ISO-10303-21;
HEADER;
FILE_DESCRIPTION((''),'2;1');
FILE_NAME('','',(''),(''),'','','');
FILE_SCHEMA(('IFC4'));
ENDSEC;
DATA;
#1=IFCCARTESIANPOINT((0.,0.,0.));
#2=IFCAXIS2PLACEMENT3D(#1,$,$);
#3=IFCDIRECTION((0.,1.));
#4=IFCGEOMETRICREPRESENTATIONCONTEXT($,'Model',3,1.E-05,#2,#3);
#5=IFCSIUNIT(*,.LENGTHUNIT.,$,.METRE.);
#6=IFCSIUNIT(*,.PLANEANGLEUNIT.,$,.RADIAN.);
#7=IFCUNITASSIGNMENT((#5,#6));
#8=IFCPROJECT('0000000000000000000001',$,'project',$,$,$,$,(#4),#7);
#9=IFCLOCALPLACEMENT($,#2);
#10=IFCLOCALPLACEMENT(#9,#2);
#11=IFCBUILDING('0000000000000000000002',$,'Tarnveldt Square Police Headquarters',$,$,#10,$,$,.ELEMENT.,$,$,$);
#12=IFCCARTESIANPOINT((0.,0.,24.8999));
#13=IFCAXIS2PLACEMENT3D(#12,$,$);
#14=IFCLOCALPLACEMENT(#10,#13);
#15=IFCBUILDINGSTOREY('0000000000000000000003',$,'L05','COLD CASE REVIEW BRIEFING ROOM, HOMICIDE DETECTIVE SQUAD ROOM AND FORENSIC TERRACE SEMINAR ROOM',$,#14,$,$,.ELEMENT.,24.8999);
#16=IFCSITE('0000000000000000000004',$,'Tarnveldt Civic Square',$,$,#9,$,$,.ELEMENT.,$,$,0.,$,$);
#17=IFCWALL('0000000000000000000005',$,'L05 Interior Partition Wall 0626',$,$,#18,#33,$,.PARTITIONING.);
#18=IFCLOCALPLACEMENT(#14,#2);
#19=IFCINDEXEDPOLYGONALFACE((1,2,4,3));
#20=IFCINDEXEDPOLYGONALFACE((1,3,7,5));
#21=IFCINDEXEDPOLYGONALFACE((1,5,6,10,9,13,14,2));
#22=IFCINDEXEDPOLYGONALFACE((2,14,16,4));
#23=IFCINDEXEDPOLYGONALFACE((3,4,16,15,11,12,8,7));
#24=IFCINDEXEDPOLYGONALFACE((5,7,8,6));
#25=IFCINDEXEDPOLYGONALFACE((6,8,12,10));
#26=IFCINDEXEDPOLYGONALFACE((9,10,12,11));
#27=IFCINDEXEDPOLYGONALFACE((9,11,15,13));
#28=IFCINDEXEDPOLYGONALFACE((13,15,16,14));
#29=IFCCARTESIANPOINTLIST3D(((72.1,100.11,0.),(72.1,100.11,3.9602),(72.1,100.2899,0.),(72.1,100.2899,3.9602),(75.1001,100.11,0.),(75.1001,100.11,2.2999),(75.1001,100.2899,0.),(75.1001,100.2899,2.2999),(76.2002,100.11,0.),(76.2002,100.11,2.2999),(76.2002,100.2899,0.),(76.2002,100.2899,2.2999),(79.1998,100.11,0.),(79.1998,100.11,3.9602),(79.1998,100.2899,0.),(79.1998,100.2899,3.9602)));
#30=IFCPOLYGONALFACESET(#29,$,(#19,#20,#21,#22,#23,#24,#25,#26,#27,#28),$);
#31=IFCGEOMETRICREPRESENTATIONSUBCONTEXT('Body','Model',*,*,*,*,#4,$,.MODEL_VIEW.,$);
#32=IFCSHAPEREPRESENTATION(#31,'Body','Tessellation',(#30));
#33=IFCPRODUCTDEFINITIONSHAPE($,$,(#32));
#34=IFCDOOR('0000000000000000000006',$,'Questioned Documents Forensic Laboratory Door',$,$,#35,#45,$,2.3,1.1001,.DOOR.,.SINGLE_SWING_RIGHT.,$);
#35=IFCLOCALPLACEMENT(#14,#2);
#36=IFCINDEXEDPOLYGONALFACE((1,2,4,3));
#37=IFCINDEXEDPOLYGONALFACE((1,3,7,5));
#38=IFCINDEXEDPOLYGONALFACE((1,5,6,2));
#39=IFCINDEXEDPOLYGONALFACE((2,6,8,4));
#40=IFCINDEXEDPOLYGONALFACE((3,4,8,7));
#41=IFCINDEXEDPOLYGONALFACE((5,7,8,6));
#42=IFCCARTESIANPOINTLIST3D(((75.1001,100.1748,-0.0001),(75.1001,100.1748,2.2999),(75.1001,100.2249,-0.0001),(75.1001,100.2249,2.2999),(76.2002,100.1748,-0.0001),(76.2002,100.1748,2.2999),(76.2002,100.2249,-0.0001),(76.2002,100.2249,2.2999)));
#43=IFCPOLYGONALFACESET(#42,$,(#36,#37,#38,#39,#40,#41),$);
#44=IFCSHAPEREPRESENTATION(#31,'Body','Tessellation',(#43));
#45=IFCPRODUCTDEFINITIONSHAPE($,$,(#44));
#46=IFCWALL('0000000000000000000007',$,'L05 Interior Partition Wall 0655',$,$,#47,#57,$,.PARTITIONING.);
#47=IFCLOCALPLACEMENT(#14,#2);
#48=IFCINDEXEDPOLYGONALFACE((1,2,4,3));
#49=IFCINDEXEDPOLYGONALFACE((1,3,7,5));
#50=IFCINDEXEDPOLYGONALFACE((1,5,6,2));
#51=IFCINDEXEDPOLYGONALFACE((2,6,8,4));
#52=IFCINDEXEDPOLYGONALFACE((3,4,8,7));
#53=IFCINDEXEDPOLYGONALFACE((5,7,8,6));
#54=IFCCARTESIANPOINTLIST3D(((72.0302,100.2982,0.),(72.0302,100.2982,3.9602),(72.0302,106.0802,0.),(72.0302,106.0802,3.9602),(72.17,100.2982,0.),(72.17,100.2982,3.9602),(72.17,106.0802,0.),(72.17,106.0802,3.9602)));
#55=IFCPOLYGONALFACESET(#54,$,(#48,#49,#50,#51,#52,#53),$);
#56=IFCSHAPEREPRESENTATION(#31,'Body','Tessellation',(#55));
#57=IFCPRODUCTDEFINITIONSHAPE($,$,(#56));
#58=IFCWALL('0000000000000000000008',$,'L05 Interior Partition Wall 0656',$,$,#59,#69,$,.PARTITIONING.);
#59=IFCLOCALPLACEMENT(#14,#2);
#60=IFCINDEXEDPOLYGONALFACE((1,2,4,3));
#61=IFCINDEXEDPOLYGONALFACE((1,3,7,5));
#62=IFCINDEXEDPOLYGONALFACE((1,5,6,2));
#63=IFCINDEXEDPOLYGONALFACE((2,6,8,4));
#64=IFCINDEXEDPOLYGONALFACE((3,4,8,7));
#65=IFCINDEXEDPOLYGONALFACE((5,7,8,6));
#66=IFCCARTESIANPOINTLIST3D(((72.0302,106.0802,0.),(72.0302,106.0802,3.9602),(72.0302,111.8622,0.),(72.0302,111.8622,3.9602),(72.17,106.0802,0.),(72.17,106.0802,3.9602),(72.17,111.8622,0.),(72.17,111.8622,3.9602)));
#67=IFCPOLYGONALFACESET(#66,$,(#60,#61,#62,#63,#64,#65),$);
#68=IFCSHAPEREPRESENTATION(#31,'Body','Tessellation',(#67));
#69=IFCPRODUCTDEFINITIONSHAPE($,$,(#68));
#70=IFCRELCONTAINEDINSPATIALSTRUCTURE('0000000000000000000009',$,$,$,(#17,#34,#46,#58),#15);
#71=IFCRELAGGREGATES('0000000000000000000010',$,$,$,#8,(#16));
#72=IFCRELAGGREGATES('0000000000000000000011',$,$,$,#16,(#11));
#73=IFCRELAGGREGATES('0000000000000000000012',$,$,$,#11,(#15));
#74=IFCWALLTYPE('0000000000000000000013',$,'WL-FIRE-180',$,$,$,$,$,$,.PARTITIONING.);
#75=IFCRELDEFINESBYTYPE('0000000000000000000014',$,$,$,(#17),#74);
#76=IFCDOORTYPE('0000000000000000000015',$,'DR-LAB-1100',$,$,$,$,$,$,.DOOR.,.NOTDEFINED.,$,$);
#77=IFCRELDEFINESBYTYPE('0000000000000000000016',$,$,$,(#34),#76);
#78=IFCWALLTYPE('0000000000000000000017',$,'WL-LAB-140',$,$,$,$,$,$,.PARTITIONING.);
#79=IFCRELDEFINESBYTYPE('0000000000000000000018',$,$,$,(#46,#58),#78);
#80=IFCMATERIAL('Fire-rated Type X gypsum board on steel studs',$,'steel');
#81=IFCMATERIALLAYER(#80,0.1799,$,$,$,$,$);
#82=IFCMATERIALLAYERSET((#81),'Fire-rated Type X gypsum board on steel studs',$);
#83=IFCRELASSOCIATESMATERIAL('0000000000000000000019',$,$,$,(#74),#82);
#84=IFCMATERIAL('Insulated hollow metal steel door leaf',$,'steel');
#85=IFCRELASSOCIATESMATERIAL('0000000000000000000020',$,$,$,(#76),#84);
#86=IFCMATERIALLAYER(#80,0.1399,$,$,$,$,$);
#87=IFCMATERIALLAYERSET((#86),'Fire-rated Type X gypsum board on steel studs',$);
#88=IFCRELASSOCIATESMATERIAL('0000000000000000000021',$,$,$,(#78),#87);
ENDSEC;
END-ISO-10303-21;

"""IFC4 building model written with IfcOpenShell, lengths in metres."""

from ifc_helpers import new_model, si_unit, direction, frame, frame_2d, origin, place, context, subcontext, project, spatial, rectangle, extrude, material, layer, layer_set, type_object, element, fill, save


model = new_model("IFC4")

# Units and contexts
model_context = context("Model", 3, precision=1e-05, world=origin(), true_north=direction((0.0, 1.0)))
body_context = subcontext(model_context, "Body", "Model", "MODEL_VIEW")
ifc_project = project(units=[si_unit("LENGTHUNIT", "METRE"), si_unit("PLANEANGLEUNIT", "RADIAN")], contexts=[model_context])

# Site, building, storey
site_placement = place(None, origin())
site = spatial("IfcSite", under=ifc_project, at=site_placement, Name="Tarnveldt Civic Square", CompositionType="ELEMENT", RefElevation=0.0)
building_placement = place(site_placement, origin())
building = spatial("IfcBuilding", under=site, at=building_placement, Name="Tarnveldt Square Police Headquarters", CompositionType="ELEMENT")
storey_placement = place(building_placement, frame((0.0, 0.0, 24.8999)))
storey = spatial("IfcBuildingStorey", under=building, at=storey_placement, Name="L05", Description="COLD CASE REVIEW BRIEFING ROOM, HOMICIDE DETECTIVE SQUAD ROOM AND FORENSIC TERRACE SEMINAR ROOM", CompositionType="ELEMENT", Elevation=24.8999)

# Wall, opening, door
ifc_material_1 = material(Name="Fire-rated Type X gypsum board on steel studs", Category="steel")
ifc_layer_1 = layer(ifc_material_1, 0.1799)
ifc_layer_set_1 = layer_set([ifc_layer_1], Name="Fire-rated Type X gypsum board on steel studs")
wall_type_1 = type_object("IfcWallType", Name="WL-FIRE-180", PredefinedType="PARTITIONING", material=ifc_layer_set_1)
wall_placement = place(storey_placement, frame((72.1001, 100.2, 0.0), z_axis=(0.0, 0.0, 1.0), x_axis=(1.0, 0.0, 0.0)))
wall = element("IfcWall", 1, at=wall_placement, inside=storey, type_object=wall_type_1, Name="L05 Interior Partition Wall 0626", PredefinedType="PARTITIONING", context=body_context, shape_type="SweptSolid", body=[
    extrude(rectangle(XDim=7.0999, YDim=0.1799, at=frame_2d((3.5498, 0.0))), origin(), (0.0, 0.0, 1.0), 3.9602),
])
opening_placement = place(wall_placement, frame((3.0, 0.0, 0.0)))
opening = element("IfcOpeningElement", 2, at=opening_placement, cuts=wall, PredefinedType="OPENING", context=body_context, shape_type="SweptSolid", body=[
    extrude(rectangle(XDim=1.1001, YDim=2.3, at=frame_2d((0.55, 1.1499))), frame((0.0, 0.0999, 0.0), z_axis=(0.0, -1.0, 0.0), x_axis=(1.0, 0.0, 0.0)), (0.0, 0.0, 1.0), 0.2),
])
ifc_material_2 = material(Name="Insulated hollow metal steel door leaf", Category="steel")
door_type = type_object("IfcDoorType", Name="DR-LAB-1100", OperationType="NOTDEFINED", PredefinedType="DOOR", material=ifc_material_2)
door_placement = place(opening_placement, origin())
door = element("IfcDoor", 3, at=door_placement, inside=storey, type_object=door_type, Name="Questioned Documents Forensic Laboratory Door", OperationType="SINGLE_SWING_RIGHT", OverallHeight=2.3, OverallWidth=1.1001, PredefinedType="DOOR", context=body_context, shape_type="SweptSolid", body=[
    extrude(rectangle(XDim=1.1001, YDim=2.3, at=frame_2d((0.55, 1.1499))), frame((0.0, 0.0249, 0.0), z_axis=(0.0, -1.0, 0.0), x_axis=(1.0, 0.0, 0.0)), (0.0, 0.0, 1.0), 0.05),
])
fill(opening, door)

# Walls
ifc_layer_2 = layer(ifc_material_1, 0.1399)
ifc_layer_set_2 = layer_set([ifc_layer_2], Name="Fire-rated Type X gypsum board on steel studs")
wall_type_2 = type_object("IfcWallType", Name="WL-LAB-140", PredefinedType="PARTITIONING", material=ifc_layer_set_2)
for number, where, z_axis, x_axis, name in (
    (4, (72.1001, 100.2981, 0.0), (0.0, 0.0, 1.0), (0.0, 1.0, 0.0), "L05 Interior Partition Wall 0655"),
    (5, (72.1001, 106.0801, 0.0), (0.0, 0.0, 1.0), (0.0, 1.0, 0.0), "L05 Interior Partition Wall 0656"),
):
    element("IfcWall", number, at=place(storey_placement, frame(where, z_axis=z_axis, x_axis=x_axis)), inside=storey, type_object=wall_type_2, Name=name, PredefinedType="PARTITIONING", context=body_context, shape_type="SweptSolid", body=[
        extrude(rectangle(XDim=5.782, YDim=0.1399, at=frame_2d((2.8911, 0.0))), origin(), (0.0, 0.0, 1.0), 3.9602),
    ])

save(model, "model.ifc")
